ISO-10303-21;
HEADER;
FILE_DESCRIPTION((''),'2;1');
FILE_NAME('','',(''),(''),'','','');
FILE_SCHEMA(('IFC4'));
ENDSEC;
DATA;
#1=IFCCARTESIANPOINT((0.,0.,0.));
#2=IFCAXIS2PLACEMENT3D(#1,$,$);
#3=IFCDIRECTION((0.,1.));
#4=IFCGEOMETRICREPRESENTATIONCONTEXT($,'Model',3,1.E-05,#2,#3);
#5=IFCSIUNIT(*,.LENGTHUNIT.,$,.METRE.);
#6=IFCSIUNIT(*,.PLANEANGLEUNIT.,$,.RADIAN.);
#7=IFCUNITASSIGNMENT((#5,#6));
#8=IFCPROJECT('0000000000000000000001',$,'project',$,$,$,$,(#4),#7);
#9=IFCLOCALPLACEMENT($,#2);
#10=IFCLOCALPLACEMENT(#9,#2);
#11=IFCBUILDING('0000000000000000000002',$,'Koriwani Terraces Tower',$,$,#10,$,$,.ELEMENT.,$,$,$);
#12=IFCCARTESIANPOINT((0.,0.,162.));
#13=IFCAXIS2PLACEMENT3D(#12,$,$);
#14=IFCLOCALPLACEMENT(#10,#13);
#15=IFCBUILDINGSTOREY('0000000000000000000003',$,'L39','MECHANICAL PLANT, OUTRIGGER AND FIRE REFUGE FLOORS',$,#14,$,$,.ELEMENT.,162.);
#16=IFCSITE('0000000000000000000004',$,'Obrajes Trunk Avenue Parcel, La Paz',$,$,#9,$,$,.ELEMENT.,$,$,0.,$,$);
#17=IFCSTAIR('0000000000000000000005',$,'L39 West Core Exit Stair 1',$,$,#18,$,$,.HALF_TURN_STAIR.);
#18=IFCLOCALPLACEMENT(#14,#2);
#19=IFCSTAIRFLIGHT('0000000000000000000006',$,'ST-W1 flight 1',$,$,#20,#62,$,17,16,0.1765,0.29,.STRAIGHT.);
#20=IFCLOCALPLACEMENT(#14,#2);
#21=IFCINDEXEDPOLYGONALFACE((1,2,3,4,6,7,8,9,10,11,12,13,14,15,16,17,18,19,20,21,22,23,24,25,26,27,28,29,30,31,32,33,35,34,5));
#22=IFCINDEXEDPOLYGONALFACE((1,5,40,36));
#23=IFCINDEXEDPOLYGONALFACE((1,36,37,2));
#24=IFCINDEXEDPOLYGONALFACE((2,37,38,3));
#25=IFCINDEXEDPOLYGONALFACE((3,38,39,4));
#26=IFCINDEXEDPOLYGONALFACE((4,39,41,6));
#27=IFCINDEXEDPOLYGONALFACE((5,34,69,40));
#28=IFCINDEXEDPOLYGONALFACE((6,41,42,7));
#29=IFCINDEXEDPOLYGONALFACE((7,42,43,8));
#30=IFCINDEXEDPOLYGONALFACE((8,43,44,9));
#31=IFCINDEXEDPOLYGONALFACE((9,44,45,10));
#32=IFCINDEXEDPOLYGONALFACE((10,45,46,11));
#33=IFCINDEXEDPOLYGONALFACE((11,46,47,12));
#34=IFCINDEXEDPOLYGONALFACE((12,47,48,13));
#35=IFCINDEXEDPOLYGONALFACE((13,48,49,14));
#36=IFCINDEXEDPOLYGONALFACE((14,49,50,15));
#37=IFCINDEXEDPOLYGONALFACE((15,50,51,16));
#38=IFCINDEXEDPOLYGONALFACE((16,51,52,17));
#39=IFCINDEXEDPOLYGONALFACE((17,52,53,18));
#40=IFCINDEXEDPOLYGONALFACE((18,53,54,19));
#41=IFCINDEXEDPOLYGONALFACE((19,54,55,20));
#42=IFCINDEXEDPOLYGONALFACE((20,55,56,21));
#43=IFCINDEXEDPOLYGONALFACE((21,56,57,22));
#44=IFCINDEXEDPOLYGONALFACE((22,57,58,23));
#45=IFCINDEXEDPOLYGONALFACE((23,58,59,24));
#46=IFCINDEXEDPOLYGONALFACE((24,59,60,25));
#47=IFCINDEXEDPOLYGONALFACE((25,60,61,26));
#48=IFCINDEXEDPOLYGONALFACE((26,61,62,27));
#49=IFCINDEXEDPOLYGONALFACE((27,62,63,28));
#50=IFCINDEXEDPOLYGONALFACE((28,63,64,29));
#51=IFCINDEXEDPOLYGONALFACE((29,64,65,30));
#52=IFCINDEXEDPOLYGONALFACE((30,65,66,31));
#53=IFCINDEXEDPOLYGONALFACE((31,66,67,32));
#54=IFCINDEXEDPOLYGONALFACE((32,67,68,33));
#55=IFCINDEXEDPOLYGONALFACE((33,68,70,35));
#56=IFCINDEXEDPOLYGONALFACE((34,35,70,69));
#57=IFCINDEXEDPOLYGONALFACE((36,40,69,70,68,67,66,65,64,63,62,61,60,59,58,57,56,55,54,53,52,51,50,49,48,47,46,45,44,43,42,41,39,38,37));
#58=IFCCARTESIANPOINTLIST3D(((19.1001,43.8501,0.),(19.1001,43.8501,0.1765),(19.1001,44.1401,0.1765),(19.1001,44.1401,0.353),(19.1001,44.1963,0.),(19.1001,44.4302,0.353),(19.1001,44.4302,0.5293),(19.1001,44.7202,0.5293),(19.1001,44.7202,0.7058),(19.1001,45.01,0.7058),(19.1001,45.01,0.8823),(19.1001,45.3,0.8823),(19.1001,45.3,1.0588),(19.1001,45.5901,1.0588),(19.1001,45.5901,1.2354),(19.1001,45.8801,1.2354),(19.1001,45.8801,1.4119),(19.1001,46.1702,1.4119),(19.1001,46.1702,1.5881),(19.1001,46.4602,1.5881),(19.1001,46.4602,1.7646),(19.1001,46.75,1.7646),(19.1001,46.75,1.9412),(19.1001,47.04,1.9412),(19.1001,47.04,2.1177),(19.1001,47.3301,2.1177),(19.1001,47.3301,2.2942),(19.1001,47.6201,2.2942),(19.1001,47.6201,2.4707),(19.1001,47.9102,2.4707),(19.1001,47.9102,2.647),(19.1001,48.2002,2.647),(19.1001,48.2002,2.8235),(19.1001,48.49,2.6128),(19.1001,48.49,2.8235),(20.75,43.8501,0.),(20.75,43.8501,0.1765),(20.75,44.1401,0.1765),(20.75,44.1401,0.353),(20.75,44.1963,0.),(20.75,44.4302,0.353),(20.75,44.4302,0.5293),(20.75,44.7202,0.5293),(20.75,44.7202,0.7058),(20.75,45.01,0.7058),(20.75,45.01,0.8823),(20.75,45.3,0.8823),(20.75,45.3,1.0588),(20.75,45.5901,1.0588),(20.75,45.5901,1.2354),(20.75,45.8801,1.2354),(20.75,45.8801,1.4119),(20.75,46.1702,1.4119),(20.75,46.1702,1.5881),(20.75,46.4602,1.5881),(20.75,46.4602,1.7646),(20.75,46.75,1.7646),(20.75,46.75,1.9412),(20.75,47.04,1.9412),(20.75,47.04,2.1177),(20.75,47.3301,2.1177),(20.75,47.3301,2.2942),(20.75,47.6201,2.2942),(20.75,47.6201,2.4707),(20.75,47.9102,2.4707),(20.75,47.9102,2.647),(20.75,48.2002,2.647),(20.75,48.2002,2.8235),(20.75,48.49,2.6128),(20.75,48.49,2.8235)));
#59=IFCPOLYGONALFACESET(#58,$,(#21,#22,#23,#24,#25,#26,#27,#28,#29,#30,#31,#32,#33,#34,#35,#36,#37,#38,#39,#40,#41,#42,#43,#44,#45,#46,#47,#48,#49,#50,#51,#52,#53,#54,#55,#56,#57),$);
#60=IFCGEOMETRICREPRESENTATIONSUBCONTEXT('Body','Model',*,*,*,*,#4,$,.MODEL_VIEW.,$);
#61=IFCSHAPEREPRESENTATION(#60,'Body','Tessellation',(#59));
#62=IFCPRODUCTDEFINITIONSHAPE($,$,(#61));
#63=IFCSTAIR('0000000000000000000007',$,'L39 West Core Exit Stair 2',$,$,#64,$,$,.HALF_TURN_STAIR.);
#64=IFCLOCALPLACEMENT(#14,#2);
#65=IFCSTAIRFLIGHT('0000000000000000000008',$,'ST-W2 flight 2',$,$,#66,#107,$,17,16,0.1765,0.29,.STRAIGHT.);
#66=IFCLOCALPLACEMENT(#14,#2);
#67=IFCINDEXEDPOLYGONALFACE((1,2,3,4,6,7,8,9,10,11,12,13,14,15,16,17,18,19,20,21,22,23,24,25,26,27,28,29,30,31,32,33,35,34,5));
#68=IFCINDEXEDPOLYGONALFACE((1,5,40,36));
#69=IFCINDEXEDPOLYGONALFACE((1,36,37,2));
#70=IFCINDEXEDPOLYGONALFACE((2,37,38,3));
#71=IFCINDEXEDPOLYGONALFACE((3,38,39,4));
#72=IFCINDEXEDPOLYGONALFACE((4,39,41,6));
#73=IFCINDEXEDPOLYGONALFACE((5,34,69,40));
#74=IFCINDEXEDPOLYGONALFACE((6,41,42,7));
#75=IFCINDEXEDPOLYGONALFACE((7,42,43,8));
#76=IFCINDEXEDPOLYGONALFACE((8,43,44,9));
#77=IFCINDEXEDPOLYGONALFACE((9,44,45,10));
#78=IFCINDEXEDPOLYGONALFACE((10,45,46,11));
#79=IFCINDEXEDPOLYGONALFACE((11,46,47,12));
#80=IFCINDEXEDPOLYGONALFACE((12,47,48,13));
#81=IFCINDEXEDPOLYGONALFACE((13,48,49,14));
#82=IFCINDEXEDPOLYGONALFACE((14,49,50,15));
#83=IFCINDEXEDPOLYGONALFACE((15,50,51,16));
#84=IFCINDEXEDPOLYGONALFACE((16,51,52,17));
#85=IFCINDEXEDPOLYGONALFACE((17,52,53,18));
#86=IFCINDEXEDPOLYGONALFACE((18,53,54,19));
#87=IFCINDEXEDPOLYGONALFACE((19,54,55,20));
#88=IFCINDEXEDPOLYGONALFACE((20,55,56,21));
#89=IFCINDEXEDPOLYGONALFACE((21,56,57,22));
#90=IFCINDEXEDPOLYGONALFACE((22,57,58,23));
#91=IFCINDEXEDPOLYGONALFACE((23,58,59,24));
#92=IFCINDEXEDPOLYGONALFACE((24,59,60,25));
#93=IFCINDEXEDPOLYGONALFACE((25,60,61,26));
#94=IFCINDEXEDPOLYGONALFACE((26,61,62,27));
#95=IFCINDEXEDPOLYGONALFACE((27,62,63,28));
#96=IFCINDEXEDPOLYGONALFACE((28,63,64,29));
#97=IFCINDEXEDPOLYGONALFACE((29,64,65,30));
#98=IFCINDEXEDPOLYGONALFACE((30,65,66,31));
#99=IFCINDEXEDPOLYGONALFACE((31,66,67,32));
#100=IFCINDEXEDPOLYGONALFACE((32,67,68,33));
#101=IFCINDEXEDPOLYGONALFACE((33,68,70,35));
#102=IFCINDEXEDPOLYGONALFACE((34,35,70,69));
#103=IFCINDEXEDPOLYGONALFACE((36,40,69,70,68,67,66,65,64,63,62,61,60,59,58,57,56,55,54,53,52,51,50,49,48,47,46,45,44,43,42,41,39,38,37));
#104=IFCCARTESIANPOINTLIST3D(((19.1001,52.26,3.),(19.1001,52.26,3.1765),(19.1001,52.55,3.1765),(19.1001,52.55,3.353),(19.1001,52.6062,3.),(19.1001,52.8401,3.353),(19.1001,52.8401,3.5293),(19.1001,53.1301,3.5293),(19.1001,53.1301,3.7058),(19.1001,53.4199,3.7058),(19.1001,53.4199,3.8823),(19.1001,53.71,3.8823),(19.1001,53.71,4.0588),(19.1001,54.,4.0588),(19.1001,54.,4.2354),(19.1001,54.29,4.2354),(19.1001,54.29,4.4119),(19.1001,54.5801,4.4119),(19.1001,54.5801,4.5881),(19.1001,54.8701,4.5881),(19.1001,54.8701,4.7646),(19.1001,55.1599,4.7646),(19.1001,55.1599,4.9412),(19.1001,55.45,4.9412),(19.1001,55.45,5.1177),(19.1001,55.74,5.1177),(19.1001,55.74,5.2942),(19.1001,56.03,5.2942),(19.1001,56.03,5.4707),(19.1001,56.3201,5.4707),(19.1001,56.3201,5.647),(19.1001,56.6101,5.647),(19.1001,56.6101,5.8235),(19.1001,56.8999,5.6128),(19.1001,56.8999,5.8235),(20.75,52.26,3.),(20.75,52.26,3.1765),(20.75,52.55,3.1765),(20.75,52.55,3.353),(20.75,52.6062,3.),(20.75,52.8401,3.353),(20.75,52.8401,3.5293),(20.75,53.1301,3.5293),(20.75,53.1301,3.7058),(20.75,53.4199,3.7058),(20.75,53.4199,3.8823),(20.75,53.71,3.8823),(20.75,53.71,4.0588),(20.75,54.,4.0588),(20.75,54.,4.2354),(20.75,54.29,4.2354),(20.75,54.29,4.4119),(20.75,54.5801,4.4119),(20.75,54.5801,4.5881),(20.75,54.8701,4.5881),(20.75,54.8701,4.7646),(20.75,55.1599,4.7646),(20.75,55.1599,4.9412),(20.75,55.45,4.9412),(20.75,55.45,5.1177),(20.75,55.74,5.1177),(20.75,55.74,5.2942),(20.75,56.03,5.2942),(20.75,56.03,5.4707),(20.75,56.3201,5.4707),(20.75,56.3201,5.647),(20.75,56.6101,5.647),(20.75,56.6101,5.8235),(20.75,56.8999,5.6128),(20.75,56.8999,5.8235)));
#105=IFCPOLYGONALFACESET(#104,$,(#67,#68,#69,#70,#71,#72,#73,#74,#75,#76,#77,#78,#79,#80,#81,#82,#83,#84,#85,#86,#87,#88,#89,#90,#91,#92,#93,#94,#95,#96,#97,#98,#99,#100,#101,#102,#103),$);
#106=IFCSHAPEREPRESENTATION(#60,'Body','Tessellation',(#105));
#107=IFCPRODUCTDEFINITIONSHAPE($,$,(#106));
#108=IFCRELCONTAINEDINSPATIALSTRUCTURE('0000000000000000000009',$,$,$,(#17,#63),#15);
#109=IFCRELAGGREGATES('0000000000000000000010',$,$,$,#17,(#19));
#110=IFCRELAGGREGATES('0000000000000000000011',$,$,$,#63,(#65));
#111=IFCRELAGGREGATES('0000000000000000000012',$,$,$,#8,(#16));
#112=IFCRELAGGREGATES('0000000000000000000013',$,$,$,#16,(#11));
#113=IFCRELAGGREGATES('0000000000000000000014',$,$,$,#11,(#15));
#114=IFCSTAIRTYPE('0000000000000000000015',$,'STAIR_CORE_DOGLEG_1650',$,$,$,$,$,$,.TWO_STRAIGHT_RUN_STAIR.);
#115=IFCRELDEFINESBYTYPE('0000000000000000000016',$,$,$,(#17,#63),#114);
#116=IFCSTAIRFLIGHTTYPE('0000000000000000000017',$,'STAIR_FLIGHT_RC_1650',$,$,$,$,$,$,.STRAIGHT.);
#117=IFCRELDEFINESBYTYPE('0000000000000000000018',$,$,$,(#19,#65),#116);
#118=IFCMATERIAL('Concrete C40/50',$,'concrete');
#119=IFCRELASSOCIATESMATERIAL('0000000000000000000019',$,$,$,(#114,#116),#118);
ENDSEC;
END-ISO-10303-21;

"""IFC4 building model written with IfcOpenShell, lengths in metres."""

from ifc_helpers import new_model, si_unit, direction, frame, origin, place, context, subcontext, project, spatial, polyline, outline, extrude, material, type_object, element, aggregate, save


model = new_model("IFC4")

# Units and contexts
model_context = context("Model", 3, precision=1e-05, world=origin(), true_north=direction((0.0, 1.0)))
body_context = subcontext(model_context, "Body", "Model", "MODEL_VIEW")
ifc_project = project(units=[si_unit("LENGTHUNIT", "METRE"), si_unit("PLANEANGLEUNIT", "RADIAN")], contexts=[model_context])

# Site, building, storey
site_placement = place(None, origin())
site = spatial("IfcSite", under=ifc_project, at=site_placement, Name="Obrajes Trunk Avenue Parcel, La Paz", CompositionType="ELEMENT", RefElevation=0.0)
building_placement = place(site_placement, origin())
building = spatial("IfcBuilding", under=site, at=building_placement, Name="Koriwani Terraces Tower", CompositionType="ELEMENT")
storey_placement = place(building_placement, frame((0.0, 0.0, 162.0)))
storey = spatial("IfcBuildingStorey", under=building, at=storey_placement, Name="L39", Description="MECHANICAL PLANT, OUTRIGGER AND FIRE REFUGE FLOORS", CompositionType="ELEMENT", Elevation=162.0)

# Shared definitions
ifc_material_1 = material(Name="Concrete C40/50", Category="concrete")

# Stairs, stair flights
stair_type = type_object("IfcStairType", Name="STAIR_CORE_DOGLEG_1650", PredefinedType="TWO_STRAIGHT_RUN_STAIR", material=ifc_material_1)
stair_1_placement = place(storey_placement, origin())
stair_1 = element("IfcStair", 1, at=stair_1_placement, inside=storey, type_object=stair_type, Name="L39 West Core Exit Stair 1", PredefinedType="HALF_TURN_STAIR")
stair_flight_type = type_object("IfcStairFlightType", Name="STAIR_FLIGHT_RC_1650", PredefinedType="STRAIGHT", material=ifc_material_1)
stair_flight_1_placement = place(storey_placement, frame((19.925, 43.8501, 0.0), z_axis=(0.0, 0.0, 1.0), x_axis=(0.0, 1.0, 0.0)))
stair_flight_1 = element("IfcStairFlight", 2, at=stair_flight_1_placement, type_object=stair_flight_type, Name="ST-W1 flight 1", NumberOfRisers=17, NumberOfTreads=16, PredefinedType="STRAIGHT", RiserHeight=0.1765, TreadLength=0.29, context=body_context, shape_type="SweptSolid", body=[
    extrude(outline(polyline([(0.0, 0.0), (0.0, 0.1765), (0.29, 0.1765), (0.29, 0.353), (0.5801, 0.353), (0.5801, 0.5293), (0.8701, 0.5293), (0.8701, 0.7058), (1.1599, 0.7058), (1.1599, 0.8823), (1.45, 0.8823), (1.45, 1.0588), (1.74, 1.0588), (1.74, 1.2354), (2.03, 1.2354), (2.03, 1.4119), (2.3201, 1.4119), (2.3201, 1.5881), (2.6101, 1.5881), (2.6101, 1.7646), (2.8999, 1.7646), (2.8999, 1.9412), (3.1899, 1.9412), (3.1899, 2.1177), (3.48, 2.1177), (3.48, 2.2942), (3.77, 2.2942), (3.77, 2.4707), (4.0601, 2.4707), (4.0601, 2.647), (4.3501, 2.647), (4.3501, 2.8235), (4.6399, 2.8235), (4.6399, 3.0), (4.6399, 2.6128), (0.3462, 0.0), (0.0, 0.0)])), frame((0.0, 0.825, 0.0), z_axis=(0.0, -1.0, 0.0), x_axis=(1.0, 0.0, 0.0)), (0.0, 0.0, 1.0), 1.6499),
])
aggregate(stair_1, [stair_flight_1])
stair_2_placement = place(storey_placement, origin())
stair_2 = element("IfcStair", 3, at=stair_2_placement, inside=storey, type_object=stair_type, Name="L39 West Core Exit Stair 2", PredefinedType="HALF_TURN_STAIR")
stair_flight_2_placement = place(storey_placement, frame((19.925, 52.26, 3.0), z_axis=(0.0, 0.0, 1.0), x_axis=(0.0, 1.0, 0.0)))
stair_flight_2 = element("IfcStairFlight", 4, at=stair_flight_2_placement, type_object=stair_flight_type, Name="ST-W2 flight 2", NumberOfRisers=17, NumberOfTreads=16, PredefinedType="STRAIGHT", RiserHeight=0.1765, TreadLength=0.29, context=body_context, shape_type="SweptSolid", body=[
    extrude(outline(polyline([(0.0, 0.0), (0.0, 0.1765), (0.29, 0.1765), (0.29, 0.353), (0.5801, 0.353), (0.5801, 0.5293), (0.8701, 0.5293), (0.8701, 0.7058), (1.1599, 0.7058), (1.1599, 0.8823), (1.45, 0.8823), (1.45, 1.0588), (1.74, 1.0588), (1.74, 1.2354), (2.03, 1.2354), (2.03, 1.4119), (2.3201, 1.4119), (2.3201, 1.5881), (2.6101, 1.5881), (2.6101, 1.7646), (2.8999, 1.7646), (2.8999, 1.9412), (3.1899, 1.9412), (3.1899, 2.1177), (3.48, 2.1177), (3.48, 2.2942), (3.77, 2.2942), (3.77, 2.4707), (4.0601, 2.4707), (4.0601, 2.647), (4.3501, 2.647), (4.3501, 2.8235), (4.6399, 2.8235), (4.6399, 3.0), (4.6399, 2.6128), (0.3462, 0.0), (0.0, 0.0)])), frame((0.0, 0.825, 0.0), z_axis=(0.0, -1.0, 0.0), x_axis=(1.0, 0.0, 0.0)), (0.0, 0.0, 1.0), 1.6499),
])
aggregate(stair_2, [stair_flight_2])

save(model, "model.ifc")
